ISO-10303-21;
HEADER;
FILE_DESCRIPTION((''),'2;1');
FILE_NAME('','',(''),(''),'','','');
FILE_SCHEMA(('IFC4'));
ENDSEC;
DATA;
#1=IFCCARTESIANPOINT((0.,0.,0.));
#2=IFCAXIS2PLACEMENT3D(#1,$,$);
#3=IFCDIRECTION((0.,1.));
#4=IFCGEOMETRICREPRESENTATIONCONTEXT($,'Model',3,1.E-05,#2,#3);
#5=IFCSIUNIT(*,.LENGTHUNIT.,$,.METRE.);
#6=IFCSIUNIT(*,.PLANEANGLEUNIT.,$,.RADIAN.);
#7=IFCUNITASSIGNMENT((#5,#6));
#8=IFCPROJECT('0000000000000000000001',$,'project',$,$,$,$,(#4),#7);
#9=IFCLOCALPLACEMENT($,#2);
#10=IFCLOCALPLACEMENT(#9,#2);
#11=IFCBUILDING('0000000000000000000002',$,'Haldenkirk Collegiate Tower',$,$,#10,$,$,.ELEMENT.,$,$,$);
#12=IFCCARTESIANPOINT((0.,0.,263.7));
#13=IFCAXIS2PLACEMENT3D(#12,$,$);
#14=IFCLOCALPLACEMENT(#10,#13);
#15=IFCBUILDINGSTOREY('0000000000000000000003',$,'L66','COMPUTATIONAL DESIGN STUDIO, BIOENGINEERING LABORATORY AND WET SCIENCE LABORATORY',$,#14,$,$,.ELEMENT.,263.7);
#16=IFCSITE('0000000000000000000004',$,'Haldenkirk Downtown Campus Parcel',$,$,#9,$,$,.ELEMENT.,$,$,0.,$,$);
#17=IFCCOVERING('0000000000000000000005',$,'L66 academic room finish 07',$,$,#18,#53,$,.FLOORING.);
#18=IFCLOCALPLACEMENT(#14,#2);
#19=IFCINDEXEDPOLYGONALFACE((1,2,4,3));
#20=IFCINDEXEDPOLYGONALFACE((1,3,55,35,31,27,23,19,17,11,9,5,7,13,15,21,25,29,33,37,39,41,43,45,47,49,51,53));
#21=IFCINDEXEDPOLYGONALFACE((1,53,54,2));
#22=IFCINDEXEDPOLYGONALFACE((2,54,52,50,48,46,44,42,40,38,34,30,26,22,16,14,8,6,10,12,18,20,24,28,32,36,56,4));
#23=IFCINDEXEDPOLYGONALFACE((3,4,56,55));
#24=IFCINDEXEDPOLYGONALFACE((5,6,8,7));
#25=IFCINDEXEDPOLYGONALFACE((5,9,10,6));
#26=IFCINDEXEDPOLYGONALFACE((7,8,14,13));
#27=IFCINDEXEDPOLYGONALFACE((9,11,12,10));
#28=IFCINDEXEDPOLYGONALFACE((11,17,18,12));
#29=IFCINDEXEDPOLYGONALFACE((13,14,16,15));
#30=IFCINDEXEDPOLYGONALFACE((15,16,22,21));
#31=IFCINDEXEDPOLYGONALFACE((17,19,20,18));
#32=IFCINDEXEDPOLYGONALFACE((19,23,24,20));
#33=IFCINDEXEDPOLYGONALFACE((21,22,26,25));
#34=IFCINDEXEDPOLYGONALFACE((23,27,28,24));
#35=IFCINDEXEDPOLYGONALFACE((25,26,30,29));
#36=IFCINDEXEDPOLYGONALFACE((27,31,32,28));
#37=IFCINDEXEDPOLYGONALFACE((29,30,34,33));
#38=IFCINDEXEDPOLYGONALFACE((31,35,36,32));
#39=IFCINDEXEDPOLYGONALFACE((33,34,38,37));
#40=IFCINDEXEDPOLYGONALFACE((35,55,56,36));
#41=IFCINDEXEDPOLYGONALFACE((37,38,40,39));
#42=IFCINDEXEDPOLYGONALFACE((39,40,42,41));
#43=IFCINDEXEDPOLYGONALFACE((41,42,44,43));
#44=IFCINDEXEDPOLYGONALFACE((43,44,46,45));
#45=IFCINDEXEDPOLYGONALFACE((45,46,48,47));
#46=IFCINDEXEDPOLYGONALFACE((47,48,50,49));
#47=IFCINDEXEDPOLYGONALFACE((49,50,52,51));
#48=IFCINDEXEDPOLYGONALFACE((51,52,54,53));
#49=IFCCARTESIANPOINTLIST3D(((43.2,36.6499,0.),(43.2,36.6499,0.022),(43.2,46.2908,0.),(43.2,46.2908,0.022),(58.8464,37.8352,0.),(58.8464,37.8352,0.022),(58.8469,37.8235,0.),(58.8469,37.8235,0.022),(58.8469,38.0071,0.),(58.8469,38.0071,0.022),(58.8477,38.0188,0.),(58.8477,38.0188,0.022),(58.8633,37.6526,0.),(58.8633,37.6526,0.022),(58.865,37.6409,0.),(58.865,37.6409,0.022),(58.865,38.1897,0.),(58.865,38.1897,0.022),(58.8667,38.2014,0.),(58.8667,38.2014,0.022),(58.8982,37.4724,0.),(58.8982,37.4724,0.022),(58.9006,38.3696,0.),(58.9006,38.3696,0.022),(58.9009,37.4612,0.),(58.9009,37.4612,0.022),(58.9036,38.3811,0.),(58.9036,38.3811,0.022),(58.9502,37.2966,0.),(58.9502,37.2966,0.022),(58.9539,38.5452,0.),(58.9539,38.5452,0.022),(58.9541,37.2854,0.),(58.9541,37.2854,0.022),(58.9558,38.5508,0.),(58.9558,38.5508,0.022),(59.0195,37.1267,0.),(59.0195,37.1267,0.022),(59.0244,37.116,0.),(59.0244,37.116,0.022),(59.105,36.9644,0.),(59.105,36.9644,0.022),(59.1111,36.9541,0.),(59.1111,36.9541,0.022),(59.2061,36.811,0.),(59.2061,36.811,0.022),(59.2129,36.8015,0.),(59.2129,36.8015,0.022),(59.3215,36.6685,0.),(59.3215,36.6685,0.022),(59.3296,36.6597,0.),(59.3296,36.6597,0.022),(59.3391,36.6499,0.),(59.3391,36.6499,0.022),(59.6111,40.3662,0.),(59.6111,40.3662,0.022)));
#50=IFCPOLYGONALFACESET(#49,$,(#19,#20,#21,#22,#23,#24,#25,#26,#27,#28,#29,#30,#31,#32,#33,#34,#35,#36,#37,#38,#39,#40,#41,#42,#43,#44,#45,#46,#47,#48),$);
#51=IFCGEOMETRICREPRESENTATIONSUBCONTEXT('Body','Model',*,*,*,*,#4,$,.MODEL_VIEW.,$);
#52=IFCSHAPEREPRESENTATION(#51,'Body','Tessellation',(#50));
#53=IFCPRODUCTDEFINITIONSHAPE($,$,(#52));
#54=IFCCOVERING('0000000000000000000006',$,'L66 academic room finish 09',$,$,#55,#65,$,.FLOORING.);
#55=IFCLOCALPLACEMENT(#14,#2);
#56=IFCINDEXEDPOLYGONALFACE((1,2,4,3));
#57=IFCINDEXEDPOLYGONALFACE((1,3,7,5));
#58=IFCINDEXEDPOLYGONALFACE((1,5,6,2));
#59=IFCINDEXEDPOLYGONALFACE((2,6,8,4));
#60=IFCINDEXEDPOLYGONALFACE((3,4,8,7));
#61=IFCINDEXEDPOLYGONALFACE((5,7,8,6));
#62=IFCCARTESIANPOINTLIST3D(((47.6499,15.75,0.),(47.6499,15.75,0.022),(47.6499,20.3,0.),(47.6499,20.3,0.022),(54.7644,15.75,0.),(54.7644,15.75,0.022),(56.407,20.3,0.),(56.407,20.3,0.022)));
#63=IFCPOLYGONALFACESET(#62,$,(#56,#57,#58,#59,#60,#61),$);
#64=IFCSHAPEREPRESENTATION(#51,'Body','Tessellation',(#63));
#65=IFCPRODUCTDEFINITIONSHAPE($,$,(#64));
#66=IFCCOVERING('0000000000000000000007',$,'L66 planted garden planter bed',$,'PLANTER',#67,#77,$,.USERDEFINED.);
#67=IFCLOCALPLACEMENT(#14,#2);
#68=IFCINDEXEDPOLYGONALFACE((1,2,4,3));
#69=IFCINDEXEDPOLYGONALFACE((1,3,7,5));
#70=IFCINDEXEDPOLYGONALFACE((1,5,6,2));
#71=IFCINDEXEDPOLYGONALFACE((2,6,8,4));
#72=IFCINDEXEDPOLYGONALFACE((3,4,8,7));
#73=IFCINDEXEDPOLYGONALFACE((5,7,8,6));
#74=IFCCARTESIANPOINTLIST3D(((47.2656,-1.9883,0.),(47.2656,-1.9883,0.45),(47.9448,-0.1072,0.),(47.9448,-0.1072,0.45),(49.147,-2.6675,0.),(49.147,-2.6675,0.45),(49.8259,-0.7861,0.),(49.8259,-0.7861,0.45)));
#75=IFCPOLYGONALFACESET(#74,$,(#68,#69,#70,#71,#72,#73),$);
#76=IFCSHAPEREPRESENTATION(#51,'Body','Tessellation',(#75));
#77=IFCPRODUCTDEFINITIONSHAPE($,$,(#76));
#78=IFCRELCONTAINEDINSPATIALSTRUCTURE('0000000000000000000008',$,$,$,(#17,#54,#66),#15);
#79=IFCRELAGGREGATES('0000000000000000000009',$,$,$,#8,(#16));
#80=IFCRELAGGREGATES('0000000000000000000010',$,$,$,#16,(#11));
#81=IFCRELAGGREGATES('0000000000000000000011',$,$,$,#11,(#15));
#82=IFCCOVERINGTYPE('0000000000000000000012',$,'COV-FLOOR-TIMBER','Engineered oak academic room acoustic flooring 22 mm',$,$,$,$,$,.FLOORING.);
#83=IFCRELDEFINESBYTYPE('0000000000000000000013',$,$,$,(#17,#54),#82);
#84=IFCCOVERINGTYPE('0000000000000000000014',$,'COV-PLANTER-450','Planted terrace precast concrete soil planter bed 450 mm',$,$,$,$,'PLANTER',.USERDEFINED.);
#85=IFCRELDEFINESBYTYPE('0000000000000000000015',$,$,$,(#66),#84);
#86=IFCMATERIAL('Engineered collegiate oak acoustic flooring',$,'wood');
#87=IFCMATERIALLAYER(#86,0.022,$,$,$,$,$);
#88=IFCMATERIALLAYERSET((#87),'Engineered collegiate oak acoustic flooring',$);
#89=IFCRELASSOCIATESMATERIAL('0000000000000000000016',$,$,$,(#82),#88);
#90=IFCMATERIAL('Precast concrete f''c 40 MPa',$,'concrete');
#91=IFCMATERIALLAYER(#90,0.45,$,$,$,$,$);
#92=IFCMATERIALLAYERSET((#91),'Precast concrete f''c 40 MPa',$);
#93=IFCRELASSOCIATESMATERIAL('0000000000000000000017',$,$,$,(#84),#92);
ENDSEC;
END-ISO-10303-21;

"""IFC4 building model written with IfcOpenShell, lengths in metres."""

from ifc_helpers import new_model, si_unit, direction, frame, origin, place, context, subcontext, project, spatial, polyline, outline, extrude, material, layer, layer_set, type_object, element, save


model = new_model("IFC4")

# Units and contexts
model_context = context("Model", 3, precision=1e-05, world=origin(), true_north=direction((0.0, 1.0)))
body_context = subcontext(model_context, "Body", "Model", "MODEL_VIEW")
ifc_project = project(units=[si_unit("LENGTHUNIT", "METRE"), si_unit("PLANEANGLEUNIT", "RADIAN")], contexts=[model_context])

# Site, building, storey
site_placement = place(None, origin())
site = spatial("IfcSite", under=ifc_project, at=site_placement, Name="Haldenkirk Downtown Campus Parcel", CompositionType="ELEMENT", RefElevation=0.0)
building_placement = place(site_placement, origin())
building = spatial("IfcBuilding", under=site, at=building_placement, Name="Haldenkirk Collegiate Tower", CompositionType="ELEMENT")
storey_placement = place(building_placement, frame((0.0, 0.0, 263.7)))
storey = spatial("IfcBuildingStorey", under=building, at=storey_placement, Name="L66", Description="COMPUTATIONAL DESIGN STUDIO, BIOENGINEERING LABORATORY AND WET SCIENCE LABORATORY", CompositionType="ELEMENT", Elevation=263.7)

# Coverings
ifc_material_1 = material(Name="Engineered collegiate oak acoustic flooring", Category="wood")
ifc_layer_1 = layer(ifc_material_1, 0.022)
ifc_layer_set_1 = layer_set([ifc_layer_1], Name="Engineered collegiate oak acoustic flooring")
covering_type_1 = type_object("IfcCoveringType", Name="COV-FLOOR-TIMBER", Description="Engineered oak academic room acoustic flooring 22 mm", PredefinedType="FLOORING", material=ifc_layer_set_1)
covering_1_placement = place(storey_placement, origin())
element("IfcCovering", 1, at=covering_1_placement, inside=storey, type_object=covering_type_1, Name="L66 academic room finish 07", PredefinedType="FLOORING", context=body_context, shape_type="SweptSolid", body=[
    extrude(outline(polyline([(59.3391, 36.6499), (43.2, 36.6499), (43.2, 46.2908), (59.6111, 40.3662), (58.9558, 38.5508), (58.9539, 38.5452), (58.9036, 38.3811), (58.9006, 38.3696), (58.8667, 38.2014), (58.865, 38.1897), (58.8477, 38.0188), (58.8469, 38.0071), (58.8464, 37.8352), (58.8469, 37.8235), (58.8633, 37.6526), (58.865, 37.6409), (58.8982, 37.4724), (58.9009, 37.4612), (58.9502, 37.2966), (58.9541, 37.2854), (59.0195, 37.1267), (59.0244, 37.116), (59.105, 36.9644), (59.1111, 36.9541), (59.2061, 36.811), (59.2129, 36.8015), (59.3215, 36.6685), (59.3296, 36.6597), (59.3391, 36.6499)])), origin(), (0.0, 0.0, 1.0), 0.022),
])
covering_2_placement = place(storey_placement, origin())
element("IfcCovering", 2, at=covering_2_placement, inside=storey, type_object=covering_type_1, Name="L66 academic room finish 09", PredefinedType="FLOORING", context=body_context, shape_type="SweptSolid", body=[
    extrude(outline(polyline([(54.7644, 15.75), (47.6499, 15.75), (47.6499, 20.3), (56.407, 20.3), (54.7644, 15.75)])), origin(), (0.0, 0.0, 1.0), 0.022),
])
ifc_material_2 = material(Name="Precast concrete f'c 40 MPa", Category="concrete")
ifc_layer_2 = layer(ifc_material_2, 0.45)
ifc_layer_set_2 = layer_set([ifc_layer_2], Name="Precast concrete f'c 40 MPa")
covering_type_2 = type_object("IfcCoveringType", Name="COV-PLANTER-450", Description="Planted terrace precast concrete soil planter bed 450 mm", ElementType="PLANTER", PredefinedType="USERDEFINED", material=ifc_layer_set_2)
covering_3_placement = place(storey_placement, origin())
element("IfcCovering", 3, at=covering_3_placement, inside=storey, type_object=covering_type_2, Name="L66 planted garden planter bed", ObjectType="PLANTER", PredefinedType="USERDEFINED", context=body_context, shape_type="SweptSolid", body=[
    extrude(outline(polyline([(49.147, -2.6675), (47.2656, -1.9883), (47.9448, -0.1072), (49.8259, -0.7861), (49.147, -2.6675)])), origin(), (0.0, 0.0, 1.0), 0.45),
])

save(model, "model.ifc")
